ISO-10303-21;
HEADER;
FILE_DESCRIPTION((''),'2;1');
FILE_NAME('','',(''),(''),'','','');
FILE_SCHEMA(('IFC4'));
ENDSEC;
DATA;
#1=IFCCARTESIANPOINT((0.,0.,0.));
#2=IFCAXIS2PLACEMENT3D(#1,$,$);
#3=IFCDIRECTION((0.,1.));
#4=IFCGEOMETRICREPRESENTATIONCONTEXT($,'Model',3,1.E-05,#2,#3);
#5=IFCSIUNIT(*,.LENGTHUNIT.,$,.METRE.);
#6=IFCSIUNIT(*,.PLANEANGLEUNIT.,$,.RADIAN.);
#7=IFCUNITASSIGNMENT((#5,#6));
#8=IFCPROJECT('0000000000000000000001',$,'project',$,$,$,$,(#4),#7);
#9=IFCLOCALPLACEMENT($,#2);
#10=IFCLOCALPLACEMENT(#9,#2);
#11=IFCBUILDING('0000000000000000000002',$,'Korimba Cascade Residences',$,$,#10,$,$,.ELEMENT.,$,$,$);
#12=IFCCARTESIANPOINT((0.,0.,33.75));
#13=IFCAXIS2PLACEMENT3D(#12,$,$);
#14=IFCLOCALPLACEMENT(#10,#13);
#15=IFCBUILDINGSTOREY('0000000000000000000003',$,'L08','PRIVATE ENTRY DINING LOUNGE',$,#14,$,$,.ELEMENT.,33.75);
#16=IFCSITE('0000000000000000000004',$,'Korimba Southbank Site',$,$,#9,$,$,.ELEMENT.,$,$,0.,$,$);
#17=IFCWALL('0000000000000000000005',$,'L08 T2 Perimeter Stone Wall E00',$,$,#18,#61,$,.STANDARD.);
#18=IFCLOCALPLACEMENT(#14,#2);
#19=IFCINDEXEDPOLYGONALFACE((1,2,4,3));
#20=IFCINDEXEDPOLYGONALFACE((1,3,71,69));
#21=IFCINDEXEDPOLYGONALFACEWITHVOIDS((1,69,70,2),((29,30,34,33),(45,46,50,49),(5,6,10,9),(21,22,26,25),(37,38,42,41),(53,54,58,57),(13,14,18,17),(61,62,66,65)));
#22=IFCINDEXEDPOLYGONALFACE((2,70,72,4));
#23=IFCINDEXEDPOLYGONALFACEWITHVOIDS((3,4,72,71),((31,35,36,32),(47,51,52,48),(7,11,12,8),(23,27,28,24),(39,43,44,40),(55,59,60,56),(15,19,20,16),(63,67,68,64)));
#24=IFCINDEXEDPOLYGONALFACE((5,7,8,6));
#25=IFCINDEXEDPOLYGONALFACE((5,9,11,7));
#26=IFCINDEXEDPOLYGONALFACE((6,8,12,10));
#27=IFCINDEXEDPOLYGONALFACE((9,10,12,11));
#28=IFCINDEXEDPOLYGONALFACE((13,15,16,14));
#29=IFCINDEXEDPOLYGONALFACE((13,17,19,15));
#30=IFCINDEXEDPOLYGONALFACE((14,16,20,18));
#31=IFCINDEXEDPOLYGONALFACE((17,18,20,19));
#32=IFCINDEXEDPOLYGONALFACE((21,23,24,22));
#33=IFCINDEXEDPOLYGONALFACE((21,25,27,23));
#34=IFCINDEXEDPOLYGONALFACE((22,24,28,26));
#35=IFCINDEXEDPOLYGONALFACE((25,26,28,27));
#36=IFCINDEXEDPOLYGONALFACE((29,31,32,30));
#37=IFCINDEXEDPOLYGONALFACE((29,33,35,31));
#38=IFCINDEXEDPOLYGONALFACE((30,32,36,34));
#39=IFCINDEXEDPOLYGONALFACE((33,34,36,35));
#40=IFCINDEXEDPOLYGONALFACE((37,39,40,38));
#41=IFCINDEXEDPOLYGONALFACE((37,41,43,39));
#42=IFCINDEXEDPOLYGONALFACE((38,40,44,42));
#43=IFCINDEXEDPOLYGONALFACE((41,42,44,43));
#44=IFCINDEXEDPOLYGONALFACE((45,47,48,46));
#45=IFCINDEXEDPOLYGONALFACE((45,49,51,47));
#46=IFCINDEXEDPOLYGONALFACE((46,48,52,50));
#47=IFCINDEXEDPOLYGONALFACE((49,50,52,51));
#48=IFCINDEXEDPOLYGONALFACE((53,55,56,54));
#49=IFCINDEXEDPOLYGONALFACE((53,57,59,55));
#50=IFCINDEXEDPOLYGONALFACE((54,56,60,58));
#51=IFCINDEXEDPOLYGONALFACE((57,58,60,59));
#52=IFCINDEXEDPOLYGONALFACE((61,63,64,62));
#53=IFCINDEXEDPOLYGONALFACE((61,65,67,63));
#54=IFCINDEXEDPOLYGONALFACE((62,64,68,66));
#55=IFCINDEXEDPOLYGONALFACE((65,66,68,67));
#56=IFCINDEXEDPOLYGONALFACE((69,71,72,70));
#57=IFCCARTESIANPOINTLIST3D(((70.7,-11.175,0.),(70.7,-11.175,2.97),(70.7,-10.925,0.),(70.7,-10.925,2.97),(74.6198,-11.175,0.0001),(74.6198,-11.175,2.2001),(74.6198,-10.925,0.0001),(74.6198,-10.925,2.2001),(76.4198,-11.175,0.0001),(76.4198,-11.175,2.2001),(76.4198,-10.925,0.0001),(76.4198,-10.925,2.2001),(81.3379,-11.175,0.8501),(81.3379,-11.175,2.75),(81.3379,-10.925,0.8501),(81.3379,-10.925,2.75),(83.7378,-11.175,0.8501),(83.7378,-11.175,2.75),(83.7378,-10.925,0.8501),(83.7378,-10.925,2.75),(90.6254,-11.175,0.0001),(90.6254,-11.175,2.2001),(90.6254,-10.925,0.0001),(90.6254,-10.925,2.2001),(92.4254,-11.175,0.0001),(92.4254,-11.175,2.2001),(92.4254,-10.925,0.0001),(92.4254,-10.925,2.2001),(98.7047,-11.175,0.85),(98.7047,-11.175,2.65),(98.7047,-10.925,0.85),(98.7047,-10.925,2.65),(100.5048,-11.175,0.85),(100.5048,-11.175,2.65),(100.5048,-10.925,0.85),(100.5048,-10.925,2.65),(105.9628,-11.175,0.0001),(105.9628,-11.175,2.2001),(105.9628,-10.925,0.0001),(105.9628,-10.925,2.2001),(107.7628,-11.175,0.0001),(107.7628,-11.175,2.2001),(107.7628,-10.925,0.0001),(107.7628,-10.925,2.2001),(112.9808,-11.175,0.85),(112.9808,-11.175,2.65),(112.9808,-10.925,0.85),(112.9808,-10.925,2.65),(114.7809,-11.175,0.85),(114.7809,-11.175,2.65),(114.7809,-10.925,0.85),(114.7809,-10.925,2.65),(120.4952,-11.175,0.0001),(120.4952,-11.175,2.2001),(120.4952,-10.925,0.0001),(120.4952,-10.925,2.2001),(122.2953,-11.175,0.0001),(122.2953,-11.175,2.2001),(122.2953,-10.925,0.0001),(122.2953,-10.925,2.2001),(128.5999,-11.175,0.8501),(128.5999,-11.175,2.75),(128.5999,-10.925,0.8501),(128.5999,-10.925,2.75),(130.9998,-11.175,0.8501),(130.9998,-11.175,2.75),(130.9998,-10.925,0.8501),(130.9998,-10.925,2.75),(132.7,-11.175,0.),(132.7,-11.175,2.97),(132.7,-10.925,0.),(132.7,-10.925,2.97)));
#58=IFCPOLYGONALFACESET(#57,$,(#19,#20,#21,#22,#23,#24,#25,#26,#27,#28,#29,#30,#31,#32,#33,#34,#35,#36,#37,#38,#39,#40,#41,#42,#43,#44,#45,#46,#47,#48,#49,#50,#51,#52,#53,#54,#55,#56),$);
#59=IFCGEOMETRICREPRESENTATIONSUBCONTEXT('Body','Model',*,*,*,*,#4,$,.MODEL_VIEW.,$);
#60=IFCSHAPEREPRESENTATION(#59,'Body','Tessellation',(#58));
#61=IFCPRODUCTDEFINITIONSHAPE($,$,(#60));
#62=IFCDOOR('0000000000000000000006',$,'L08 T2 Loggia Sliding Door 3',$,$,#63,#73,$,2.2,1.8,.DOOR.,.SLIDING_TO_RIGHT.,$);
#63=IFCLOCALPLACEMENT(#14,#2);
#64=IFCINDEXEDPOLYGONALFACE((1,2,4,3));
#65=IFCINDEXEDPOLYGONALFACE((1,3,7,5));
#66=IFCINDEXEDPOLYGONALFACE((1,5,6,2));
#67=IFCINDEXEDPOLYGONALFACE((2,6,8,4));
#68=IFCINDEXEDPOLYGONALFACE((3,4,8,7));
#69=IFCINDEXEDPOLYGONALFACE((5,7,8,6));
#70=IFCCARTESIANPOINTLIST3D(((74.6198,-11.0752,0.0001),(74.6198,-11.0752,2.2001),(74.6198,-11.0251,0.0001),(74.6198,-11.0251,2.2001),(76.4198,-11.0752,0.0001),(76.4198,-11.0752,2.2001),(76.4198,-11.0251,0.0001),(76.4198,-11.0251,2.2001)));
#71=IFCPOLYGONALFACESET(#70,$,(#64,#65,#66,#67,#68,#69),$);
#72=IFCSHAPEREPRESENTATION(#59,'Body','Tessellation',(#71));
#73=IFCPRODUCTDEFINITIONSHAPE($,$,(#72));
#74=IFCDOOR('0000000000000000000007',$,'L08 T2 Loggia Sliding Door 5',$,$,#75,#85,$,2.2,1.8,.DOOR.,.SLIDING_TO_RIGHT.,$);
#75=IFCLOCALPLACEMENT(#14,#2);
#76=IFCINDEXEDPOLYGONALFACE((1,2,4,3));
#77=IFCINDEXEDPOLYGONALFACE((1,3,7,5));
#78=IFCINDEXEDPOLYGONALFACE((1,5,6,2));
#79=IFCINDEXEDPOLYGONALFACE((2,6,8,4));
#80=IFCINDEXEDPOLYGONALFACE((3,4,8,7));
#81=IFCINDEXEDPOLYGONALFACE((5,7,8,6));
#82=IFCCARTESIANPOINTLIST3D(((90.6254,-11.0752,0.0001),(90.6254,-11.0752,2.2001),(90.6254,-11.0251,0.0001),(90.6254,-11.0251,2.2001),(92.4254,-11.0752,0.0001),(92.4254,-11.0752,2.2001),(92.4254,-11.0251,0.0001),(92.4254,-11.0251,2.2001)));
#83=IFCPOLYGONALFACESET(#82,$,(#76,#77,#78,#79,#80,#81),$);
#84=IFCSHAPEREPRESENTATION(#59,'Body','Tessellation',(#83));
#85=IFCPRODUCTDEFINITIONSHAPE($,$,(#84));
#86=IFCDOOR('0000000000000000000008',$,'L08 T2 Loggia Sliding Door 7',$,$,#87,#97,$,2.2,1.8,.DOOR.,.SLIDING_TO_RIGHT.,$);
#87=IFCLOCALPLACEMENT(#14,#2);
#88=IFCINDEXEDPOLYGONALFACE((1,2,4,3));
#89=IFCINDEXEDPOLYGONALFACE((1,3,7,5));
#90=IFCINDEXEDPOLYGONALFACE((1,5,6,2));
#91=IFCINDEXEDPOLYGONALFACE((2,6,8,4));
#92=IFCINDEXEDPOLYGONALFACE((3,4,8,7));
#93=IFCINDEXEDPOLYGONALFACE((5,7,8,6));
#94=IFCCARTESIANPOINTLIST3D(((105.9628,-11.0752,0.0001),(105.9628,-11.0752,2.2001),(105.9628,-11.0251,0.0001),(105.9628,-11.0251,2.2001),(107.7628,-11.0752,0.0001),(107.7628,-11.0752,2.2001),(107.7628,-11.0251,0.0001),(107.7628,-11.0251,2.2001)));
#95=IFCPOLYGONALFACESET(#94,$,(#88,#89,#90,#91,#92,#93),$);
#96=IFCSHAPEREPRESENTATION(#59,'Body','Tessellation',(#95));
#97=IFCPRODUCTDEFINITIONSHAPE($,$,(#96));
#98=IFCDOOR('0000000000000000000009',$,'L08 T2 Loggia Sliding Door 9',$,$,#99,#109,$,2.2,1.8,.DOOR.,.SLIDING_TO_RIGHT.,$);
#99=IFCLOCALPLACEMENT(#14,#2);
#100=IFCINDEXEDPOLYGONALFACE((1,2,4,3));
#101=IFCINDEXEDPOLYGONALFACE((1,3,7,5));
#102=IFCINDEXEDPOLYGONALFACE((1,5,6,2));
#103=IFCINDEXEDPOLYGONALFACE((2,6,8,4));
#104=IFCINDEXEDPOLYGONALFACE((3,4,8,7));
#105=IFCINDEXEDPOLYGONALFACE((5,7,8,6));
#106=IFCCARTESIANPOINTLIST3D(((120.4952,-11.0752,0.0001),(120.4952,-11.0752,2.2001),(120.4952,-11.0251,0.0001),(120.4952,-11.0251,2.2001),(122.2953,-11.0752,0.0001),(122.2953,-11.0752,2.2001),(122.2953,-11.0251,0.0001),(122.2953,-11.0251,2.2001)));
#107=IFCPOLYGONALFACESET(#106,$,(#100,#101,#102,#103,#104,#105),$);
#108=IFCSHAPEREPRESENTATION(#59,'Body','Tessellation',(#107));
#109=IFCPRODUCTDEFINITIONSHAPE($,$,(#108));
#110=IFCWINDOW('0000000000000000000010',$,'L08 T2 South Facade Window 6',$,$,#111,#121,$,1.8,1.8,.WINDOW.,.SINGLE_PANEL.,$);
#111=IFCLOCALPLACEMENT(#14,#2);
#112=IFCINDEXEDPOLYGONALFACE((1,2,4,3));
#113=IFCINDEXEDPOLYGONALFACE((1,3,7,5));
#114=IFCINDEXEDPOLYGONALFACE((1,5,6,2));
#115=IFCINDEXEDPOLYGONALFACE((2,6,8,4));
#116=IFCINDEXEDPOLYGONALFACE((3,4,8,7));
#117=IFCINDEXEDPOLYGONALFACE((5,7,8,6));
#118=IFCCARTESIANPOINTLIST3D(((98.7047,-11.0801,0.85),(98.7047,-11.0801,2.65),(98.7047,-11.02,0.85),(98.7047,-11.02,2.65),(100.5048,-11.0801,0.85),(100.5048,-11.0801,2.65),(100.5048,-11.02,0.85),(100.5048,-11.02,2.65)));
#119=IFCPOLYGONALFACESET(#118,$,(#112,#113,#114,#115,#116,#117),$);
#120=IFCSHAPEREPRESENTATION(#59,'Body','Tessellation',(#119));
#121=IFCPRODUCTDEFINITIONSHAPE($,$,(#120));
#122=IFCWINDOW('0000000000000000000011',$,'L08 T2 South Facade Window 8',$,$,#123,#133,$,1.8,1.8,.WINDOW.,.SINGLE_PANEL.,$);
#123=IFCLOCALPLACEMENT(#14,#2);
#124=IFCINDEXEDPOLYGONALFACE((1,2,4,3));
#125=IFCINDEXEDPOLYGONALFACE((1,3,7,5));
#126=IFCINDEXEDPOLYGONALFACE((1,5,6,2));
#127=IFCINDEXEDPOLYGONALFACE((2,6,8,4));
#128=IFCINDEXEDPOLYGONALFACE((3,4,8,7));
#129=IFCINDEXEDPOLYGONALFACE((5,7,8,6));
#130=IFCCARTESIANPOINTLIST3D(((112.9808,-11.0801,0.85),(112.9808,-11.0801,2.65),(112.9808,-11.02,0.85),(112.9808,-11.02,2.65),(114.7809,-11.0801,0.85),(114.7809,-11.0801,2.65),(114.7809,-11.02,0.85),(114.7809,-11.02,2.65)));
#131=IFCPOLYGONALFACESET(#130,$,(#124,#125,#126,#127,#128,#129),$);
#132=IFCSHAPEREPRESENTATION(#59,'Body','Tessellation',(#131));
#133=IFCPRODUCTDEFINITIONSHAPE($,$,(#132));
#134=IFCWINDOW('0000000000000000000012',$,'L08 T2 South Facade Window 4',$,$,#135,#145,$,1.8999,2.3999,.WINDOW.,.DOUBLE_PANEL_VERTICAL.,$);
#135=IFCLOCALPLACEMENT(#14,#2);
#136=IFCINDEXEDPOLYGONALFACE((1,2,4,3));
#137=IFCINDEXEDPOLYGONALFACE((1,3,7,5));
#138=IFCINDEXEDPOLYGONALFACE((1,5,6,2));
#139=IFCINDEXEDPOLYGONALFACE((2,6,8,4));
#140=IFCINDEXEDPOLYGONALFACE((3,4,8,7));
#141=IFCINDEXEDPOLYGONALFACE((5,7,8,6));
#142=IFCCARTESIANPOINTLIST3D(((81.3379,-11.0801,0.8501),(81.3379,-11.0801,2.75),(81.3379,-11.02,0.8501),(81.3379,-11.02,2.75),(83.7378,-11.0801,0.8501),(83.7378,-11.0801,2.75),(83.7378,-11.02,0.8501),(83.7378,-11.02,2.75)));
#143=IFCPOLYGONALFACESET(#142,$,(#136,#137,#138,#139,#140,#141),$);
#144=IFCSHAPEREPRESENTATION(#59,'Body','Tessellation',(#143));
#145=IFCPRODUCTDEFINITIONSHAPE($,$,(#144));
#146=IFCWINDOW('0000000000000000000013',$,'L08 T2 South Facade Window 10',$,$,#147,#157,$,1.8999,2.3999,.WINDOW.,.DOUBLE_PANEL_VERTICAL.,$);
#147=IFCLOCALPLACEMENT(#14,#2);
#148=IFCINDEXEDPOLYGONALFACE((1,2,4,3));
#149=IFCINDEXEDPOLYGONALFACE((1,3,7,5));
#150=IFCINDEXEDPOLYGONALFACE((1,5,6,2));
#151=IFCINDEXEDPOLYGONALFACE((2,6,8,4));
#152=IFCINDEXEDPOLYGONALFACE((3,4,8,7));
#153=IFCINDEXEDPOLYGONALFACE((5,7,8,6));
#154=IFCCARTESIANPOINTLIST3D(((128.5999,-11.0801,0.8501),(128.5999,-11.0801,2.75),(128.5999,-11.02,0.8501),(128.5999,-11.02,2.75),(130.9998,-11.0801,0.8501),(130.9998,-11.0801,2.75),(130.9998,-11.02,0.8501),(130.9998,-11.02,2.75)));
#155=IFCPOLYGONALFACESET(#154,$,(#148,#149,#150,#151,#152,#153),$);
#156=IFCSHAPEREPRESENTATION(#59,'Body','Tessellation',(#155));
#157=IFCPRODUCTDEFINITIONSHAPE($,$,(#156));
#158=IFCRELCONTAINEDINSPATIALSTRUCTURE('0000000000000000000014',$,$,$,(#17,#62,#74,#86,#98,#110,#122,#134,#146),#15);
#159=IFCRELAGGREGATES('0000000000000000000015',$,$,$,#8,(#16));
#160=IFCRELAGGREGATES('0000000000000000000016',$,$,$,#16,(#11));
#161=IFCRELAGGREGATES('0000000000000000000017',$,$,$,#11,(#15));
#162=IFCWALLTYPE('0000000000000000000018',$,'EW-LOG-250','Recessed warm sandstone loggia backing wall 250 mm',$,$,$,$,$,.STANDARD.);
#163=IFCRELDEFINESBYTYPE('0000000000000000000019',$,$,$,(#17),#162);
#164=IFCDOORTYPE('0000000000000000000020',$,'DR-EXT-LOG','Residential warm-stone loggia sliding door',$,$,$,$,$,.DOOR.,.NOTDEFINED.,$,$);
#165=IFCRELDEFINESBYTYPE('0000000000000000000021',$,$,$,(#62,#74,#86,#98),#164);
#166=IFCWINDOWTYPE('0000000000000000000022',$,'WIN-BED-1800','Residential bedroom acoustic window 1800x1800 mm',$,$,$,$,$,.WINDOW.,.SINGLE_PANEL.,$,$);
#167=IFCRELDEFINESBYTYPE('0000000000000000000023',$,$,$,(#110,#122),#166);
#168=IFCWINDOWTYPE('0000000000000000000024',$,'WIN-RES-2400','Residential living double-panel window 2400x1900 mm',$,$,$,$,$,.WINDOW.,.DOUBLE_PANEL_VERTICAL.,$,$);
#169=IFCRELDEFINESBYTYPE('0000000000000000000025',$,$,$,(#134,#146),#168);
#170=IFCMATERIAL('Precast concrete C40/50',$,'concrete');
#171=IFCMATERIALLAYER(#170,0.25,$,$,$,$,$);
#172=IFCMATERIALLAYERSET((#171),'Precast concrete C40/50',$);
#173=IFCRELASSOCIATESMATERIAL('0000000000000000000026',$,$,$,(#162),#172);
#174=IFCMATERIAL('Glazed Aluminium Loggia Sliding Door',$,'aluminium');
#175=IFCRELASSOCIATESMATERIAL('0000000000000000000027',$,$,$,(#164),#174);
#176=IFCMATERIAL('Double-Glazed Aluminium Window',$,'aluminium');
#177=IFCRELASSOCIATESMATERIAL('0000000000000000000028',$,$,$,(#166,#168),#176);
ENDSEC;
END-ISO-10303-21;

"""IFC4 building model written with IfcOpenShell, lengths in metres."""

from ifc_helpers import new_model, si_unit, direction, frame, frame_2d, origin, place, context, subcontext, project, spatial, rectangle, extrude, material, layer, layer_set, type_object, element, fill, save


model = new_model("IFC4")

# Units and contexts
model_context = context("Model", 3, precision=1e-05, world=origin(), true_north=direction((0.0, 1.0)))
body_context = subcontext(model_context, "Body", "Model", "MODEL_VIEW")
ifc_project = project(units=[si_unit("LENGTHUNIT", "METRE"), si_unit("PLANEANGLEUNIT", "RADIAN")], contexts=[model_context])

# Site, building, storey
site_placement = place(None, origin())
site = spatial("IfcSite", under=ifc_project, at=site_placement, Name="Korimba Southbank Site", CompositionType="ELEMENT", RefElevation=0.0)
building_placement = place(site_placement, origin())
building = spatial("IfcBuilding", under=site, at=building_placement, Name="Korimba Cascade Residences", CompositionType="ELEMENT")
storey_placement = place(building_placement, frame((0.0, 0.0, 33.75)))
storey = spatial("IfcBuildingStorey", under=building, at=storey_placement, Name="L08", Description="PRIVATE ENTRY DINING LOUNGE", CompositionType="ELEMENT", Elevation=33.75)

# Wall, openings, doors, windows
ifc_material_1 = material(Name="Precast concrete C40/50", Category="concrete")
ifc_layer_1 = layer(ifc_material_1, 0.25)
ifc_layer_set_1 = layer_set([ifc_layer_1], Name="Precast concrete C40/50")
wall_type_1 = type_object("IfcWallType", Name="EW-LOG-250", Description="Recessed warm sandstone loggia backing wall 250 mm", PredefinedType="STANDARD", material=ifc_layer_set_1)
wall_1_placement = place(storey_placement, frame((70.7, -11.05, 0.0), z_axis=(0.0, 0.0, 1.0), x_axis=(1.0, 0.0, 0.0)))
wall_1 = element("IfcWall", 1, at=wall_1_placement, inside=storey, type_object=wall_type_1, Name="L08 T2 Perimeter Stone Wall E00", PredefinedType="STANDARD", context=body_context, shape_type="SweptSolid", body=[
    extrude(rectangle(XDim=62.0, YDim=0.25, at=frame_2d((31.0, 0.0))), origin(), (0.0, 0.0, 1.0), 2.97),
])
opening_1_placement = place(wall_1_placement, frame((3.9199, 0.0, 0.0)))
opening_1 = element("IfcOpeningElement", 2, at=opening_1_placement, cuts=wall_1, PredefinedType="OPENING", context=body_context, shape_type="SweptSolid", body=[
    extrude(rectangle(XDim=1.8, YDim=2.2, at=frame_2d((0.8999, 1.1001))), frame((0.0, 0.135, 0.0), z_axis=(0.0, -1.0, 0.0), x_axis=(1.0, 0.0, 0.0)), (0.0, 0.0, 1.0), 0.27),
])
opening_2_placement = place(wall_1_placement, frame((10.6379, 0.0, 0.8501)))
opening_2 = element("IfcOpeningElement", 3, at=opening_2_placement, cuts=wall_1, PredefinedType="OPENING", context=body_context, shape_type="SweptSolid", body=[
    extrude(rectangle(XDim=2.3999, YDim=1.8999, at=frame_2d((1.2, 0.95))), frame((0.0, 0.135, 0.0), z_axis=(0.0, -1.0, 0.0), x_axis=(1.0, 0.0, 0.0)), (0.0, 0.0, 1.0), 0.27),
])
opening_3_placement = place(wall_1_placement, frame((19.9255, 0.0, 0.0)))
opening_3 = element("IfcOpeningElement", 4, at=opening_3_placement, cuts=wall_1, PredefinedType="OPENING", context=body_context, shape_type="SweptSolid", body=[
    extrude(rectangle(XDim=1.8, YDim=2.2, at=frame_2d((0.8999, 1.1001))), frame((0.0, 0.135, 0.0), z_axis=(0.0, -1.0, 0.0), x_axis=(1.0, 0.0, 0.0)), (0.0, 0.0, 1.0), 0.27),
])
opening_4_placement = place(wall_1_placement, frame((28.0049, 0.0, 0.8501)))
opening_4 = element("IfcOpeningElement", 5, at=opening_4_placement, cuts=wall_1, PredefinedType="OPENING", context=body_context, shape_type="SweptSolid", body=[
    extrude(rectangle(XDim=1.8, YDim=1.8, at=frame_2d((0.8999, 0.8999))), frame((0.0, 0.135, 0.0), z_axis=(0.0, -1.0, 0.0), x_axis=(1.0, 0.0, 0.0)), (0.0, 0.0, 1.0), 0.27),
])
opening_5_placement = place(wall_1_placement, frame((35.2629, 0.0, 0.0)))
opening_5 = element("IfcOpeningElement", 6, at=opening_5_placement, cuts=wall_1, PredefinedType="OPENING", context=body_context, shape_type="SweptSolid", body=[
    extrude(rectangle(XDim=1.8, YDim=2.2, at=frame_2d((0.8999, 1.1001))), frame((0.0, 0.135, 0.0), z_axis=(0.0, -1.0, 0.0), x_axis=(1.0, 0.0, 0.0)), (0.0, 0.0, 1.0), 0.27),
])
opening_6_placement = place(wall_1_placement, frame((42.281, 0.0, 0.8501)))
opening_6 = element("IfcOpeningElement", 7, at=opening_6_placement, cuts=wall_1, PredefinedType="OPENING", context=body_context, shape_type="SweptSolid", body=[
    extrude(rectangle(XDim=1.8, YDim=1.8, at=frame_2d((0.8999, 0.8999))), frame((0.0, 0.135, 0.0), z_axis=(0.0, -1.0, 0.0), x_axis=(1.0, 0.0, 0.0)), (0.0, 0.0, 1.0), 0.27),
])
opening_7_placement = place(wall_1_placement, frame((49.7954, 0.0, 0.0)))
opening_7 = element("IfcOpeningElement", 8, at=opening_7_placement, cuts=wall_1, PredefinedType="OPENING", context=body_context, shape_type="SweptSolid", body=[
    extrude(rectangle(XDim=1.8, YDim=2.2, at=frame_2d((0.8999, 1.1001))), frame((0.0, 0.135, 0.0), z_axis=(0.0, -1.0, 0.0), x_axis=(1.0, 0.0, 0.0)), (0.0, 0.0, 1.0), 0.27),
])
opening_8_placement = place(wall_1_placement, frame((57.8999, 0.0, 0.8501)))
opening_8 = element("IfcOpeningElement", 9, at=opening_8_placement, cuts=wall_1, PredefinedType="OPENING", context=body_context, shape_type="SweptSolid", body=[
    extrude(rectangle(XDim=2.3999, YDim=1.8999, at=frame_2d((1.2, 0.95))), frame((0.0, 0.135, 0.0), z_axis=(0.0, -1.0, 0.0), x_axis=(1.0, 0.0, 0.0)), (0.0, 0.0, 1.0), 0.27),
])
ifc_material_2 = material(Name="Glazed Aluminium Loggia Sliding Door", Category="aluminium")
door_type_1 = type_object("IfcDoorType", Name="DR-EXT-LOG", Description="Residential warm-stone loggia sliding door", OperationType="NOTDEFINED", PredefinedType="DOOR", material=ifc_material_2)
door_1_placement = place(opening_1_placement, origin())
door_1 = element("IfcDoor", 10, at=door_1_placement, inside=storey, type_object=door_type_1, Name="L08 T2 Loggia Sliding Door 3", OperationType="SLIDING_TO_RIGHT", OverallHeight=2.2, OverallWidth=1.8, PredefinedType="DOOR", context=body_context, shape_type="SweptSolid", body=[
    extrude(rectangle(XDim=1.8, YDim=2.2, at=frame_2d((0.8999, 1.1001))), frame((0.0, 0.0249, 0.0), z_axis=(0.0, -1.0, 0.0), x_axis=(1.0, 0.0, 0.0)), (0.0, 0.0, 1.0), 0.05),
])
fill(opening_1, door_1)
door_2_placement = place(opening_3_placement, origin())
door_2 = element("IfcDoor", 11, at=door_2_placement, inside=storey, type_object=door_type_1, Name="L08 T2 Loggia Sliding Door 5", OperationType="SLIDING_TO_RIGHT", OverallHeight=2.2, OverallWidth=1.8, PredefinedType="DOOR", context=body_context, shape_type="SweptSolid", body=[
    extrude(rectangle(XDim=1.8, YDim=2.2, at=frame_2d((0.8999, 1.1001))), frame((0.0, 0.0249, 0.0), z_axis=(0.0, -1.0, 0.0), x_axis=(1.0, 0.0, 0.0)), (0.0, 0.0, 1.0), 0.05),
])
fill(opening_3, door_2)
door_3_placement = place(opening_5_placement, origin())
door_3 = element("IfcDoor", 12, at=door_3_placement, inside=storey, type_object=door_type_1, Name="L08 T2 Loggia Sliding Door 7", OperationType="SLIDING_TO_RIGHT", OverallHeight=2.2, OverallWidth=1.8, PredefinedType="DOOR", context=body_context, shape_type="SweptSolid", body=[
    extrude(rectangle(XDim=1.8, YDim=2.2, at=frame_2d((0.8999, 1.1001))), frame((0.0, 0.0249, 0.0), z_axis=(0.0, -1.0, 0.0), x_axis=(1.0, 0.0, 0.0)), (0.0, 0.0, 1.0), 0.05),
])
fill(opening_5, door_3)
door_4_placement = place(opening_7_placement, origin())
door_4 = element("IfcDoor", 13, at=door_4_placement, inside=storey, type_object=door_type_1, Name="L08 T2 Loggia Sliding Door 9", OperationType="SLIDING_TO_RIGHT", OverallHeight=2.2, OverallWidth=1.8, PredefinedType="DOOR", context=body_context, shape_type="SweptSolid", body=[
    extrude(rectangle(XDim=1.8, YDim=2.2, at=frame_2d((0.8999, 1.1001))), frame((0.0, 0.0249, 0.0), z_axis=(0.0, -1.0, 0.0), x_axis=(1.0, 0.0, 0.0)), (0.0, 0.0, 1.0), 0.05),
])
fill(opening_7, door_4)
ifc_material_3 = material(Name="Double-Glazed Aluminium Window", Category="aluminium")
window_type_1 = type_object("IfcWindowType", Name="WIN-BED-1800", Description="Residential bedroom acoustic window 1800x1800 mm", PartitioningType="SINGLE_PANEL", PredefinedType="WINDOW", material=ifc_material_3)
window_1_placement = place(opening_4_placement, origin())
window_1 = element("IfcWindow", 14, at=window_1_placement, inside=storey, type_object=window_type_1, Name="L08 T2 South Facade Window 6", OverallHeight=1.8, OverallWidth=1.8, PartitioningType="SINGLE_PANEL", PredefinedType="WINDOW", context=body_context, shape_type="SweptSolid", body=[
    extrude(rectangle(XDim=1.8, YDim=1.8, at=frame_2d((0.8999, 0.8999))), frame((0.0, 0.03, 0.0), z_axis=(0.0, -1.0, 0.0), x_axis=(1.0, 0.0, 0.0)), (0.0, 0.0, 1.0), 0.0601),
])
fill(opening_4, window_1)
window_2_placement = place(opening_6_placement, origin())
window_2 = element("IfcWindow", 15, at=window_2_placement, inside=storey, type_object=window_type_1, Name="L08 T2 South Facade Window 8", OverallHeight=1.8, OverallWidth=1.8, PartitioningType="SINGLE_PANEL", PredefinedType="WINDOW", context=body_context, shape_type="SweptSolid", body=[
    extrude(rectangle(XDim=1.8, YDim=1.8, at=frame_2d((0.8999, 0.8999))), frame((0.0, 0.03, 0.0), z_axis=(0.0, -1.0, 0.0), x_axis=(1.0, 0.0, 0.0)), (0.0, 0.0, 1.0), 0.0601),
])
fill(opening_6, window_2)
window_type_2 = type_object("IfcWindowType", Name="WIN-RES-2400", Description="Residential living double-panel window 2400x1900 mm", PartitioningType="DOUBLE_PANEL_VERTICAL", PredefinedType="WINDOW", material=ifc_material_3)
window_3_placement = place(opening_2_placement, origin())
window_3 = element("IfcWindow", 16, at=window_3_placement, inside=storey, type_object=window_type_2, Name="L08 T2 South Facade Window 4", OverallHeight=1.8999, OverallWidth=2.3999, PartitioningType="DOUBLE_PANEL_VERTICAL", PredefinedType="WINDOW", context=body_context, shape_type="SweptSolid", body=[
    extrude(rectangle(XDim=2.3999, YDim=1.8999, at=frame_2d((1.2, 0.95))), frame((0.0, 0.03, 0.0), z_axis=(0.0, -1.0, 0.0), x_axis=(1.0, 0.0, 0.0)), (0.0, 0.0, 1.0), 0.0601),
])
fill(opening_2, window_3)
window_4_placement = place(opening_8_placement, origin())
window_4 = element("IfcWindow", 17, at=window_4_placement, inside=storey, type_object=window_type_2, Name="L08 T2 South Facade Window 10", OverallHeight=1.8999, OverallWidth=2.3999, PartitioningType="DOUBLE_PANEL_VERTICAL", PredefinedType="WINDOW", context=body_context, shape_type="SweptSolid", body=[
    extrude(rectangle(XDim=2.3999, YDim=1.8999, at=frame_2d((1.2, 0.95))), frame((0.0, 0.03, 0.0), z_axis=(0.0, -1.0, 0.0), x_axis=(1.0, 0.0, 0.0)), (0.0, 0.0, 1.0), 0.0601),
])
fill(opening_8, window_4)

save(model, "model.ifc")
